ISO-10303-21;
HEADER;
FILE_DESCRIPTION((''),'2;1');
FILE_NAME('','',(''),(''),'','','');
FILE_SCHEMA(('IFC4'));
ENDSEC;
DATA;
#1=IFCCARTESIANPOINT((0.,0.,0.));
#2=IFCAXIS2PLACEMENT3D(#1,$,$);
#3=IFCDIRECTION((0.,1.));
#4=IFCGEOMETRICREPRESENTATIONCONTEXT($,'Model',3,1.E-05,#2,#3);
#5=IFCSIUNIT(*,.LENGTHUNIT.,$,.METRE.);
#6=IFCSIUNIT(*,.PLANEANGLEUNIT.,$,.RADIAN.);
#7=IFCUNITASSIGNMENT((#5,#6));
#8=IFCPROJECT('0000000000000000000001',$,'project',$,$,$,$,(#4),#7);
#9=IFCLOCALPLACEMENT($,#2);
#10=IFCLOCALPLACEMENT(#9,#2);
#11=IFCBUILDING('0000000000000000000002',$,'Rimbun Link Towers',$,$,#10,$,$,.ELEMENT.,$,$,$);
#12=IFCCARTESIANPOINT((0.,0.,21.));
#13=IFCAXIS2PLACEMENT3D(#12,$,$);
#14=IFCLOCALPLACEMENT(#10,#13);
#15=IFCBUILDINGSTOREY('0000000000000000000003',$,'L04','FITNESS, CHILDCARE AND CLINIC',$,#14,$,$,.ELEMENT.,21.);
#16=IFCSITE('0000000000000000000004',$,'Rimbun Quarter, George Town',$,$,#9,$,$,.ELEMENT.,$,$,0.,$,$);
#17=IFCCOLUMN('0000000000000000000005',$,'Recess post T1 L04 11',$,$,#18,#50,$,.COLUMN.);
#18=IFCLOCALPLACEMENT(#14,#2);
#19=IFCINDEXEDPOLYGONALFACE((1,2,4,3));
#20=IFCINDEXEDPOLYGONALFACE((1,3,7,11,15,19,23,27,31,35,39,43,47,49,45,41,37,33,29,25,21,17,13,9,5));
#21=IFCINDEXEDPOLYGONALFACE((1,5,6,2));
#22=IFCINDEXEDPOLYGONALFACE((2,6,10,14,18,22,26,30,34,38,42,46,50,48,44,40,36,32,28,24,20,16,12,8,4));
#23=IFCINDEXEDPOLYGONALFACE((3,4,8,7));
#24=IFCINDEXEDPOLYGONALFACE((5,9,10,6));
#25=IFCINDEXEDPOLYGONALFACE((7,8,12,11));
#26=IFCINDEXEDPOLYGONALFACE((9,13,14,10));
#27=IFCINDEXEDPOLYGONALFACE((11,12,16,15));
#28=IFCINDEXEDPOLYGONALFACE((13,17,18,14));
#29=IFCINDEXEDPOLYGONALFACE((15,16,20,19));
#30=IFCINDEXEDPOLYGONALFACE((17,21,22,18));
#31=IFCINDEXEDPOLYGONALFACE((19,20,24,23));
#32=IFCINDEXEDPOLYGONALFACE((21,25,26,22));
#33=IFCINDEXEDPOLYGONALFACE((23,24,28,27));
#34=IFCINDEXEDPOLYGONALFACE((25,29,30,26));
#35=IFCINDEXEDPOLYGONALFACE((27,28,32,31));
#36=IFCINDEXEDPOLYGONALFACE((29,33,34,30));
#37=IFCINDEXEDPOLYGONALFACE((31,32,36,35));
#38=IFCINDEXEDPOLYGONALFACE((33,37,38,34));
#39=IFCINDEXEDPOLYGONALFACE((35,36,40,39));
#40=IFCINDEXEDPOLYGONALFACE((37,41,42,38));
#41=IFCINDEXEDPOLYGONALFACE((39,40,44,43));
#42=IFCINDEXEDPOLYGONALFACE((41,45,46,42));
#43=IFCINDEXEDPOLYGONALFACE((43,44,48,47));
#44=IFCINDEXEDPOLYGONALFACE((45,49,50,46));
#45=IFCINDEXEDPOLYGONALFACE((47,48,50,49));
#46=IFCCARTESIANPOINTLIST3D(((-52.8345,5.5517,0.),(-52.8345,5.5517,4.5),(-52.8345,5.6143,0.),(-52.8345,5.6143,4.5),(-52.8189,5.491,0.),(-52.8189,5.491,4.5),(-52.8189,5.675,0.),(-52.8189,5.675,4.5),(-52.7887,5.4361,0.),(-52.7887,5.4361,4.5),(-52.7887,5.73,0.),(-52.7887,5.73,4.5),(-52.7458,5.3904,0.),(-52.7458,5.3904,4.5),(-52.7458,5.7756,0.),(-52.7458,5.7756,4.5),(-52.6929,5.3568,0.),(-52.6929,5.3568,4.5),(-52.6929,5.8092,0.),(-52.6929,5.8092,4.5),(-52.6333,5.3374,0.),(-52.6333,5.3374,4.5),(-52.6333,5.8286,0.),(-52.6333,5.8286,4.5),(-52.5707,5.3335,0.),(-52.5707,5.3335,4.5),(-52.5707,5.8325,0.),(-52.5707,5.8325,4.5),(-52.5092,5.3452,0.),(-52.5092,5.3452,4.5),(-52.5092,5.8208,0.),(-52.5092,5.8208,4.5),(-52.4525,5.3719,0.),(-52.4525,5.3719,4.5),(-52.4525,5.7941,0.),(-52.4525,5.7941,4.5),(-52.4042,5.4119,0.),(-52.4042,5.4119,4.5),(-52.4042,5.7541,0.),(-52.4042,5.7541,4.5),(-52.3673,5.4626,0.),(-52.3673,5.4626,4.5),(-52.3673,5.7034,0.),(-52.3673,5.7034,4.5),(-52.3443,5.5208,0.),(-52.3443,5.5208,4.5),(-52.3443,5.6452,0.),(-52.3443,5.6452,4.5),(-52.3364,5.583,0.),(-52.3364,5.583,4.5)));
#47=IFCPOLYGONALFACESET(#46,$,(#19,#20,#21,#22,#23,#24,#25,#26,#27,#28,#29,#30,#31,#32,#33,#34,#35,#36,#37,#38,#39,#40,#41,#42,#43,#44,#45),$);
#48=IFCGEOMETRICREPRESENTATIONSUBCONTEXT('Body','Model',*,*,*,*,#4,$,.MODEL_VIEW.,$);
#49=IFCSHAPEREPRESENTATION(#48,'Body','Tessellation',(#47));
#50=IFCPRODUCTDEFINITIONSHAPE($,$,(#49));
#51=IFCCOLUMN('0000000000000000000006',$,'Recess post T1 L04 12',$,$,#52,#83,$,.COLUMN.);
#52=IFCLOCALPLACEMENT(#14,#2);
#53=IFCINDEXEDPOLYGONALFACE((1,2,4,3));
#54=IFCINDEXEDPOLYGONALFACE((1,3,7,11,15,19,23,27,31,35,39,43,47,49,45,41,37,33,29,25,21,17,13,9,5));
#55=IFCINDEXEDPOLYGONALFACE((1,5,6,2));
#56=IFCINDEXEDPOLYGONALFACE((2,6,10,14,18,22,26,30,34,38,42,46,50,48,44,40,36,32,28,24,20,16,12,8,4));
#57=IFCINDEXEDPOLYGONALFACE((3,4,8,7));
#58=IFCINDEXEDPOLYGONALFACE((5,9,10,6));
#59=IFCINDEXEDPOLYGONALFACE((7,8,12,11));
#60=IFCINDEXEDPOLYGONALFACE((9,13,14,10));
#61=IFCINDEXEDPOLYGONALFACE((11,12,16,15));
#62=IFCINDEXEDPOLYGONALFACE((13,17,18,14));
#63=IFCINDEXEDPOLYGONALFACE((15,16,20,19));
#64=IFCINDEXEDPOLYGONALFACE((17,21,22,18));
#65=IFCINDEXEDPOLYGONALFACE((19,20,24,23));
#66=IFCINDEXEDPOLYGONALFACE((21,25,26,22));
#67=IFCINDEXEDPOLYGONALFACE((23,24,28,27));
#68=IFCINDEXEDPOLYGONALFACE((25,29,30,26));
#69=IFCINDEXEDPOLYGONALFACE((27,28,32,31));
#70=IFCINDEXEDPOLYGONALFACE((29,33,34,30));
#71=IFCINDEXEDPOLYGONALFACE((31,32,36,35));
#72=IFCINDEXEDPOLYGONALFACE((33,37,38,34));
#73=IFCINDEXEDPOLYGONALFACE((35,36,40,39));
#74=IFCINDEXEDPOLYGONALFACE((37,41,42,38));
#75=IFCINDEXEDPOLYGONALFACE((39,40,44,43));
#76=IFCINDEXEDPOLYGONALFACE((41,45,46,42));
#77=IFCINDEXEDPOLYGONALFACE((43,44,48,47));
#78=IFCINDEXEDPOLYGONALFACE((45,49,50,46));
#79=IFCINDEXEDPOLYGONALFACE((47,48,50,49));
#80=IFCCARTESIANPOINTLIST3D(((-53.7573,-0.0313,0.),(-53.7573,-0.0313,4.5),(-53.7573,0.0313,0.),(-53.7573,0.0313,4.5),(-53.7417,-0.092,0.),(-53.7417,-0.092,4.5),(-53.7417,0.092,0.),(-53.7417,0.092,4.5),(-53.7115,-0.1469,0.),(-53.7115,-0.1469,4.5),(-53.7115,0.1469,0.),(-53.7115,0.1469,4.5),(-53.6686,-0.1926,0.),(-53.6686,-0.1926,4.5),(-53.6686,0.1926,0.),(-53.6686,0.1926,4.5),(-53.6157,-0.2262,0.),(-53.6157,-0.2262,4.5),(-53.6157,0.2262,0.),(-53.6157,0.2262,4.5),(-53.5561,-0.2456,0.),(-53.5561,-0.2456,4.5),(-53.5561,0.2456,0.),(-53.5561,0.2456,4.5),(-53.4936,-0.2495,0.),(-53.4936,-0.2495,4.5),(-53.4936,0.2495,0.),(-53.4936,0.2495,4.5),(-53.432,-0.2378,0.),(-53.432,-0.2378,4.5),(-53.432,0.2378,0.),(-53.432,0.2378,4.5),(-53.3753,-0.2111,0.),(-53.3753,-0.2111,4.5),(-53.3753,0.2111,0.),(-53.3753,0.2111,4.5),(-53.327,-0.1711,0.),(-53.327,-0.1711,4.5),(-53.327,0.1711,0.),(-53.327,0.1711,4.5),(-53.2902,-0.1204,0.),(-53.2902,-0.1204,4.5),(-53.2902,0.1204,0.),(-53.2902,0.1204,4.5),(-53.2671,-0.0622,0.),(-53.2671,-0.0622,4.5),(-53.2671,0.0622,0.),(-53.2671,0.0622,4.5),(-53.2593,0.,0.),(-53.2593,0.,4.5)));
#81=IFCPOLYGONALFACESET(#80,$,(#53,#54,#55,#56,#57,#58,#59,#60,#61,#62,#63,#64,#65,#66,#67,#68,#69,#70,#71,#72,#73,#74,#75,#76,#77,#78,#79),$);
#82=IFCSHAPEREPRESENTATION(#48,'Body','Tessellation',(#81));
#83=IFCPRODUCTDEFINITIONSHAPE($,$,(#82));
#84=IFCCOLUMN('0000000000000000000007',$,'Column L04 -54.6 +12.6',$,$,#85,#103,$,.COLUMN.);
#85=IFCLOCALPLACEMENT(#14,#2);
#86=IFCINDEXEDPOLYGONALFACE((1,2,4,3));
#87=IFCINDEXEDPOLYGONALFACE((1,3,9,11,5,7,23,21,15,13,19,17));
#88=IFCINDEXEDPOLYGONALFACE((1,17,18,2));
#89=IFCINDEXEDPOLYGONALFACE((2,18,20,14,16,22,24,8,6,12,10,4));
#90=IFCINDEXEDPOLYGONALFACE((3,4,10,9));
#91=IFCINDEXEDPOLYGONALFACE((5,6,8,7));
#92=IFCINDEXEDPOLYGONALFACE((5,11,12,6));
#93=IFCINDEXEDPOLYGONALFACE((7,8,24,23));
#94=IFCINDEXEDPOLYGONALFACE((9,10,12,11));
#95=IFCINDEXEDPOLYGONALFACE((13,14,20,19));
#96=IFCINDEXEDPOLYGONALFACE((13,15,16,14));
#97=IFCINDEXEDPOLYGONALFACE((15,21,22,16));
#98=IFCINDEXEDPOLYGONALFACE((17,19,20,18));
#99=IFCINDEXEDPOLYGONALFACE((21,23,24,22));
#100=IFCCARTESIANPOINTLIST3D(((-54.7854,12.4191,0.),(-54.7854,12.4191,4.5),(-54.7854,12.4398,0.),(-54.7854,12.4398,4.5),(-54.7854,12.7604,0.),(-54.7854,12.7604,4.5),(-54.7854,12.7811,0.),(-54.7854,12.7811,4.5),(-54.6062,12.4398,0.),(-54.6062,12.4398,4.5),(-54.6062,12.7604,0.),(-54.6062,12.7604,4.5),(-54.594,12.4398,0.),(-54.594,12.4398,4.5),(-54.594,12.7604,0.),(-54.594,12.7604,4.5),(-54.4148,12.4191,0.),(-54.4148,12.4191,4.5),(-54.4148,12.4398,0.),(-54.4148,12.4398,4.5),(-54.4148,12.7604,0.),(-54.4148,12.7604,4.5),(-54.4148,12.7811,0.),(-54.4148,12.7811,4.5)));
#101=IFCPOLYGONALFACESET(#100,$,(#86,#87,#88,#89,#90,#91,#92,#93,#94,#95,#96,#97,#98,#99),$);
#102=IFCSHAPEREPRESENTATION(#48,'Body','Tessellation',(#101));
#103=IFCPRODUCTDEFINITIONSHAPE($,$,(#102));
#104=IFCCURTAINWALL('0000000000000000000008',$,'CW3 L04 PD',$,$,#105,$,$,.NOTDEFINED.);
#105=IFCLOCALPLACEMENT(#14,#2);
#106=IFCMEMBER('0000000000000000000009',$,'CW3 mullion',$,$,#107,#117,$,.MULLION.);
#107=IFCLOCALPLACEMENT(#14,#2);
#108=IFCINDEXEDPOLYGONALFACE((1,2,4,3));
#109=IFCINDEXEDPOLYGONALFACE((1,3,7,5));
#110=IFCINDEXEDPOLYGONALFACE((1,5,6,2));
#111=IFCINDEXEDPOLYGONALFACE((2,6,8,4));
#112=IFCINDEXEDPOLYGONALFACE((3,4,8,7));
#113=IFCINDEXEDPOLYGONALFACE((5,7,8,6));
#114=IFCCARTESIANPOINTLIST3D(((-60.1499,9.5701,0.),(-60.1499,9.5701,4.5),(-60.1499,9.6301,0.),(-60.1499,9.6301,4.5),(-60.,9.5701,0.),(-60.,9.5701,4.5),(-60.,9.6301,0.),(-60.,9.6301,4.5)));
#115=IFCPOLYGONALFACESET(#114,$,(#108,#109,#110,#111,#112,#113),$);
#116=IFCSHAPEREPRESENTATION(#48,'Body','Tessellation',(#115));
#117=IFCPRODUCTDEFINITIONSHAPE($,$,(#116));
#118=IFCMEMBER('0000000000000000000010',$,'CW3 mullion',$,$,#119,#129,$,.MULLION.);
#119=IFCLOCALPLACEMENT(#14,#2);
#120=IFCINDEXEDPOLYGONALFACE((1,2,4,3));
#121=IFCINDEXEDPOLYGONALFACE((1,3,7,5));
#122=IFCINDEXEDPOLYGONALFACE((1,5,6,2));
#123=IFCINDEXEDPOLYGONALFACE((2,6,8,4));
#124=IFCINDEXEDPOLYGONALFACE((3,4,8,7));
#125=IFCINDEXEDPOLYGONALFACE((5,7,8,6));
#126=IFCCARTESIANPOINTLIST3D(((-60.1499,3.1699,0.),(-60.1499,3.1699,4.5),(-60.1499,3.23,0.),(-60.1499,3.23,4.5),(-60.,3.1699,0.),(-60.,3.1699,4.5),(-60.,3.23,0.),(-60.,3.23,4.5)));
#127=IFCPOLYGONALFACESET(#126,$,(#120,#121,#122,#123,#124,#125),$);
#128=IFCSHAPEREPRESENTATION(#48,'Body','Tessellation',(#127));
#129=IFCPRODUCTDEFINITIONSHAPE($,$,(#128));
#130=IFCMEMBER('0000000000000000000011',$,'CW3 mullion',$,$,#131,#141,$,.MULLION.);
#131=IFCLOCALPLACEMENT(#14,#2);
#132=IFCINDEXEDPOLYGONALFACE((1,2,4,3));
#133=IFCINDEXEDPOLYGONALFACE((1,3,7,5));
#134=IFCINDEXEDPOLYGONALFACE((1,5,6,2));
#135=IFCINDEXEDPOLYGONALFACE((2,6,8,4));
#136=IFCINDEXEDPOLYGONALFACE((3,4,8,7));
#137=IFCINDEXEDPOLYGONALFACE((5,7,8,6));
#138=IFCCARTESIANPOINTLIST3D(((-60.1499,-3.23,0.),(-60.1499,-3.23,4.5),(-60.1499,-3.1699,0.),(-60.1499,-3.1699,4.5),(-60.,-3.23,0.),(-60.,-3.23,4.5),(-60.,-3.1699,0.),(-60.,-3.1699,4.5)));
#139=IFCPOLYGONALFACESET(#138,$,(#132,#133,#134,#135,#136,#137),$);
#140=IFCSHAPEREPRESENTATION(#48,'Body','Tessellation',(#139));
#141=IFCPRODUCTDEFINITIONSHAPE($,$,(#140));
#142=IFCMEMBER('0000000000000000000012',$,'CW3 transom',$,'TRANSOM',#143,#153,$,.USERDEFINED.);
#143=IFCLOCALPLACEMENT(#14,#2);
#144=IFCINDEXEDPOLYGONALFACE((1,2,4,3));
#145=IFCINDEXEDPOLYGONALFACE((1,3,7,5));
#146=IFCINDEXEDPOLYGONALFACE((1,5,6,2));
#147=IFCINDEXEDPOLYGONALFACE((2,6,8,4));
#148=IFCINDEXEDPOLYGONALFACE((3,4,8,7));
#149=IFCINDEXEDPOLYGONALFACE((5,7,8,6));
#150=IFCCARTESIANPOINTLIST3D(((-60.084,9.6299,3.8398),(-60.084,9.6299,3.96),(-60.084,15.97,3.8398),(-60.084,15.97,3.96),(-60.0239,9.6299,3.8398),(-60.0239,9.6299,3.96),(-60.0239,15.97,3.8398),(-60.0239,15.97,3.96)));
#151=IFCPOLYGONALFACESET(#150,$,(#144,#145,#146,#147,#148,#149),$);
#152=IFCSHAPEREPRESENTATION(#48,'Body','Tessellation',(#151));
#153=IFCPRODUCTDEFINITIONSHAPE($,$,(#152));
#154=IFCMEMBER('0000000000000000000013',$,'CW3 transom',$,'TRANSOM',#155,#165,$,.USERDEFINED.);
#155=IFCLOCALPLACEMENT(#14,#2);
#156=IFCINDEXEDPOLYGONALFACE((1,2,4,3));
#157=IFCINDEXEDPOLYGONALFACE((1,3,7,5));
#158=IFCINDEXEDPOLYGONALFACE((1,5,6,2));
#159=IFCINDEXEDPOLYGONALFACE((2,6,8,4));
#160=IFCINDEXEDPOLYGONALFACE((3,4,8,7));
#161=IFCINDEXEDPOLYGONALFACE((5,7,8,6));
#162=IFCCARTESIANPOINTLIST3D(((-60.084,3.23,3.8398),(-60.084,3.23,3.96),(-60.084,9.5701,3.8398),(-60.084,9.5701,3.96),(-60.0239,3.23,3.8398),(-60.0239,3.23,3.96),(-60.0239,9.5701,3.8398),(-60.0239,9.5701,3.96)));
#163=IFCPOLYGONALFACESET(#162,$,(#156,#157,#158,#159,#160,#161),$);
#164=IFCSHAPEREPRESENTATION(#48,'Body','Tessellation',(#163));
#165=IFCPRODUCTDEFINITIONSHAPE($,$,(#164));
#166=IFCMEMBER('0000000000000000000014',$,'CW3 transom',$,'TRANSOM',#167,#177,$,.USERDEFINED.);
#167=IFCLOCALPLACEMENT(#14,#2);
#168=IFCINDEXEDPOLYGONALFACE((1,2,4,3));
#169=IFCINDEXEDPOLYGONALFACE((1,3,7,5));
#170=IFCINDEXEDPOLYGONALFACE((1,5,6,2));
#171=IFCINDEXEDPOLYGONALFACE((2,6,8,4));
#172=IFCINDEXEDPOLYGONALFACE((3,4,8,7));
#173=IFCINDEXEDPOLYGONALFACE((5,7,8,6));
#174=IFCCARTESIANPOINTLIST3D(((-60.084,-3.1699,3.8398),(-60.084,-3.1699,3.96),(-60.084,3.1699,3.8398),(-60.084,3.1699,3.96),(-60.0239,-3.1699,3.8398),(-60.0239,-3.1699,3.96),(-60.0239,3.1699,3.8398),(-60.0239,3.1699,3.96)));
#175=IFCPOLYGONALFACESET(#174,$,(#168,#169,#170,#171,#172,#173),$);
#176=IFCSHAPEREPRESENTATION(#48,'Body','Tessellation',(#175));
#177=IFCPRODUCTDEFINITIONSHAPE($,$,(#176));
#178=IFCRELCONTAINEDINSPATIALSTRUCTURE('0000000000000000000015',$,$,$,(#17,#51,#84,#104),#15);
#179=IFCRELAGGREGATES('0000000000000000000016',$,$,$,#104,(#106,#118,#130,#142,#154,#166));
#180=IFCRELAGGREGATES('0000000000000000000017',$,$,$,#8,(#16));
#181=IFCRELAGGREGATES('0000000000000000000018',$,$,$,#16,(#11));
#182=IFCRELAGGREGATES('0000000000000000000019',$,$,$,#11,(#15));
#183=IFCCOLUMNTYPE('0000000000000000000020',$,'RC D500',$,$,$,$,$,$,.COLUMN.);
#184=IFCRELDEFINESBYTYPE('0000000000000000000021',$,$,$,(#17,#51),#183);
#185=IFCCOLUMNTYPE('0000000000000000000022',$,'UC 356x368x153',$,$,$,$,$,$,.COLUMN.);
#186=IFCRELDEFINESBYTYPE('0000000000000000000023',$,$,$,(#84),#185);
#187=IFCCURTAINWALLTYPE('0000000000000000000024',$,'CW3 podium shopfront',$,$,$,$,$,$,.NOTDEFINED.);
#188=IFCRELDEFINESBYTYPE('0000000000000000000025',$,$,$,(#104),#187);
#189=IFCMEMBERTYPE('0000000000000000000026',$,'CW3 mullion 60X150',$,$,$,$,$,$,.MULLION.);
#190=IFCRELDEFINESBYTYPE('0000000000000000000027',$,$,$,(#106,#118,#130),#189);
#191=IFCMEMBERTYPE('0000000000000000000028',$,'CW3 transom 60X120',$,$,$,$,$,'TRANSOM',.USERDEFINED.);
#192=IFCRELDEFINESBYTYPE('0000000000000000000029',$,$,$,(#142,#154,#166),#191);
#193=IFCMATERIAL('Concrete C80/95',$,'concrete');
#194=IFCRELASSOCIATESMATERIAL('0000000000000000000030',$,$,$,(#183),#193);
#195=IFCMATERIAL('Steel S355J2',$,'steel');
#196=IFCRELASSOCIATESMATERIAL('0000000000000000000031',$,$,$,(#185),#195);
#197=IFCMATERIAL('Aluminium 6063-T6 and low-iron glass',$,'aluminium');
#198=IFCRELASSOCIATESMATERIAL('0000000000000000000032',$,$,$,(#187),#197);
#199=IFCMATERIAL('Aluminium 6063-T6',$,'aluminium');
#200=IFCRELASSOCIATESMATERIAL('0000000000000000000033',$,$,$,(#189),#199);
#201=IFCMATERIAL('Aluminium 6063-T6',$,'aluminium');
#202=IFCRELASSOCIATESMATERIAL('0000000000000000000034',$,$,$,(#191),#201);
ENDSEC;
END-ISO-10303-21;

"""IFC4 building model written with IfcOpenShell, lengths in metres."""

from ifc_helpers import new_model, si_unit, direction, frame, origin, origin_2d, place, context, subcontext, project, spatial, rectangle, circle, i_section, extrude, material, material_profile, profile_set, type_object, element, aggregate, save


model = new_model("IFC4")

# Units and contexts
model_context = context("Model", 3, precision=1e-05, world=origin(), true_north=direction((0.0, 1.0)))
body_context = subcontext(model_context, "Body", "Model", "MODEL_VIEW")
ifc_project = project(units=[si_unit("LENGTHUNIT", "METRE"), si_unit("PLANEANGLEUNIT", "RADIAN")], contexts=[model_context])

# Site, building, storey
site_placement = place(None, origin())
site = spatial("IfcSite", under=ifc_project, at=site_placement, Name="Rimbun Quarter, George Town", CompositionType="ELEMENT", RefElevation=0.0)
building_placement = place(site_placement, origin())
building = spatial("IfcBuilding", under=site, at=building_placement, Name="Rimbun Link Towers", CompositionType="ELEMENT")
storey_placement = place(building_placement, frame((0.0, 0.0, 21.0)))
storey = spatial("IfcBuildingStorey", under=building, at=storey_placement, Name="L04", Description="FITNESS, CHILDCARE AND CLINIC", CompositionType="ELEMENT", Elevation=21.0)

# Columns
ifc_material_1 = material(Name="Concrete C80/95", Category="concrete")
ifc_material_profile_1 = material_profile(ifc_material_1, circle(Radius=0.25, at=origin_2d()), Name="RC D500")
ifc_profile_set_1 = profile_set([ifc_material_profile_1], Name="Concrete C80/95")
column_type_1 = type_object("IfcColumnType", Name="RC D500", PredefinedType="COLUMN", material=ifc_profile_set_1)
for number, where, z_axis, x_axis, name in (
    (1, (-52.5864, 5.583, 0.0), (0.0, 0.0, 1.0), (1.0, 0.0, 0.0), "Recess post T1 L04 11"),
    (2, (-53.5093, 0.0, 0.0), (0.0, 0.0, 1.0), (1.0, 0.0, 0.0), "Recess post T1 L04 12"),
):
    element("IfcColumn", number, at=place(storey_placement, frame(where, z_axis=z_axis, x_axis=x_axis)), inside=storey, type_object=column_type_1, Name=name, PredefinedType="COLUMN", context=body_context, shape_type="SweptSolid", body=[
        extrude(circle(Radius=0.25, at=origin_2d()), origin(), (0.0, 0.0, 1.0), 4.5),
    ])
ifc_material_2 = material(Name="Steel S355J2", Category="steel")
ifc_material_profile_2 = material_profile(ifc_material_2, i_section(OverallWidth=0.3706, OverallDepth=0.3621, WebThickness=0.0122, FlangeThickness=0.0208, at=origin_2d()), Name="UC 356x368x153")
ifc_profile_set_2 = profile_set([ifc_material_profile_2], Name="Steel S355J2")
column_type_2 = type_object("IfcColumnType", Name="UC 356x368x153", PredefinedType="COLUMN", material=ifc_profile_set_2)
column_placement = place(storey_placement, frame((-54.6001, 12.6001, 0.0), z_axis=(0.0, 0.0, 1.0), x_axis=(1.0, 0.0, 0.0)))
element("IfcColumn", 3, at=column_placement, inside=storey, type_object=column_type_2, Name="Column L04 -54.6 +12.6", PredefinedType="COLUMN", context=body_context, shape_type="SweptSolid", body=[
    extrude(i_section(OverallWidth=0.3706, OverallDepth=0.3621, WebThickness=0.0122, FlangeThickness=0.0208, at=origin_2d()), origin(), (0.0, 0.0, 1.0), 4.5),
])

# Curtain wall, members
ifc_material_3 = material(Name="Aluminium 6063-T6 and low-iron glass", Category="aluminium")
curtain_wall_type = type_object("IfcCurtainWallType", Name="CW3 podium shopfront", PredefinedType="NOTDEFINED", material=ifc_material_3)
curtain_wall_placement = place(storey_placement, origin())
curtain_wall = element("IfcCurtainWall", 4, at=curtain_wall_placement, inside=storey, type_object=curtain_wall_type, Name="CW3 L04 PD", PredefinedType="NOTDEFINED")
ifc_material_4 = material(Name="Aluminium 6063-T6", Category="aluminium")
ifc_material_profile_3 = material_profile(ifc_material_4, rectangle(XDim=0.1499, YDim=0.0601, at=origin_2d()), Name="MULLION 60X150")
ifc_profile_set_3 = profile_set([ifc_material_profile_3], Name="Aluminium 6063-T6")
member_type_1 = type_object("IfcMemberType", Name="CW3 mullion 60X150", PredefinedType="MULLION", material=ifc_profile_set_3)
member_1_placement = place(storey_placement, frame((-60.075, 9.6001, 0.0), z_axis=(0.0, 0.0, 1.0), x_axis=(-1.0, 0.0, 0.0)))
member_1 = element("IfcMember", 5, at=member_1_placement, type_object=member_type_1, Name="CW3 mullion", PredefinedType="MULLION", context=body_context, shape_type="SweptSolid", body=[
    extrude(rectangle(XDim=0.1499, YDim=0.0601, at=origin_2d()), origin(), (0.0, 0.0, 1.0), 4.5),
])
member_2_placement = place(storey_placement, frame((-60.075, 3.2, 0.0), z_axis=(0.0, 0.0, 1.0), x_axis=(-1.0, 0.0, 0.0)))
member_2 = element("IfcMember", 6, at=member_2_placement, type_object=member_type_1, Name="CW3 mullion", PredefinedType="MULLION", context=body_context, shape_type="SweptSolid", body=[
    extrude(rectangle(XDim=0.1499, YDim=0.0601, at=origin_2d()), origin(), (0.0, 0.0, 1.0), 4.5),
])
member_3_placement = place(storey_placement, frame((-60.075, -3.2, 0.0), z_axis=(0.0, 0.0, 1.0), x_axis=(-1.0, 0.0, 0.0)))
member_3 = element("IfcMember", 7, at=member_3_placement, type_object=member_type_1, Name="CW3 mullion", PredefinedType="MULLION", context=body_context, shape_type="SweptSolid", body=[
    extrude(rectangle(XDim=0.1499, YDim=0.0601, at=origin_2d()), origin(), (0.0, 0.0, 1.0), 4.5),
])
ifc_material_5 = material(Name="Aluminium 6063-T6", Category="aluminium")
ifc_material_profile_4 = material_profile(ifc_material_5, rectangle(XDim=0.0601, YDim=0.1201, at=origin_2d()), Name="TRANSOM 60X120")
ifc_profile_set_4 = profile_set([ifc_material_profile_4], Name="Aluminium 6063-T6")
member_type_2 = type_object("IfcMemberType", Name="CW3 transom 60X120", ElementType="TRANSOM", PredefinedType="USERDEFINED", material=ifc_profile_set_4)
member_4_placement = place(storey_placement, frame((-60.054, 9.6299, 3.8999), z_axis=(0.0, 1.0, 0.0), x_axis=(-1.0, 0.0, 0.0)))
member_4 = element("IfcMember", 8, at=member_4_placement, type_object=member_type_2, Name="CW3 transom", ObjectType="TRANSOM", PredefinedType="USERDEFINED", context=body_context, shape_type="SweptSolid", body=[
    extrude(rectangle(XDim=0.0601, YDim=0.1201, at=origin_2d()), origin(), (0.0, 0.0, 1.0), 6.3401),
])
member_5_placement = place(storey_placement, frame((-60.054, 3.23, 3.8999), z_axis=(0.0, 1.0, 0.0), x_axis=(-1.0, 0.0, 0.0)))
member_5 = element("IfcMember", 9, at=member_5_placement, type_object=member_type_2, Name="CW3 transom", ObjectType="TRANSOM", PredefinedType="USERDEFINED", context=body_context, shape_type="SweptSolid", body=[
    extrude(rectangle(XDim=0.0601, YDim=0.1201, at=origin_2d()), origin(), (0.0, 0.0, 1.0), 6.3401),
])
member_6_placement = place(storey_placement, frame((-60.054, -3.1699, 3.8999), z_axis=(0.0, 1.0, 0.0), x_axis=(-1.0, 0.0, 0.0)))
member_6 = element("IfcMember", 10, at=member_6_placement, type_object=member_type_2, Name="CW3 transom", ObjectType="TRANSOM", PredefinedType="USERDEFINED", context=body_context, shape_type="SweptSolid", body=[
    extrude(rectangle(XDim=0.0601, YDim=0.1201, at=origin_2d()), origin(), (0.0, 0.0, 1.0), 6.3398),
])

aggregate(curtain_wall, [member_1, member_2, member_3, member_4, member_5, member_6])

save(model, "model.ifc")
